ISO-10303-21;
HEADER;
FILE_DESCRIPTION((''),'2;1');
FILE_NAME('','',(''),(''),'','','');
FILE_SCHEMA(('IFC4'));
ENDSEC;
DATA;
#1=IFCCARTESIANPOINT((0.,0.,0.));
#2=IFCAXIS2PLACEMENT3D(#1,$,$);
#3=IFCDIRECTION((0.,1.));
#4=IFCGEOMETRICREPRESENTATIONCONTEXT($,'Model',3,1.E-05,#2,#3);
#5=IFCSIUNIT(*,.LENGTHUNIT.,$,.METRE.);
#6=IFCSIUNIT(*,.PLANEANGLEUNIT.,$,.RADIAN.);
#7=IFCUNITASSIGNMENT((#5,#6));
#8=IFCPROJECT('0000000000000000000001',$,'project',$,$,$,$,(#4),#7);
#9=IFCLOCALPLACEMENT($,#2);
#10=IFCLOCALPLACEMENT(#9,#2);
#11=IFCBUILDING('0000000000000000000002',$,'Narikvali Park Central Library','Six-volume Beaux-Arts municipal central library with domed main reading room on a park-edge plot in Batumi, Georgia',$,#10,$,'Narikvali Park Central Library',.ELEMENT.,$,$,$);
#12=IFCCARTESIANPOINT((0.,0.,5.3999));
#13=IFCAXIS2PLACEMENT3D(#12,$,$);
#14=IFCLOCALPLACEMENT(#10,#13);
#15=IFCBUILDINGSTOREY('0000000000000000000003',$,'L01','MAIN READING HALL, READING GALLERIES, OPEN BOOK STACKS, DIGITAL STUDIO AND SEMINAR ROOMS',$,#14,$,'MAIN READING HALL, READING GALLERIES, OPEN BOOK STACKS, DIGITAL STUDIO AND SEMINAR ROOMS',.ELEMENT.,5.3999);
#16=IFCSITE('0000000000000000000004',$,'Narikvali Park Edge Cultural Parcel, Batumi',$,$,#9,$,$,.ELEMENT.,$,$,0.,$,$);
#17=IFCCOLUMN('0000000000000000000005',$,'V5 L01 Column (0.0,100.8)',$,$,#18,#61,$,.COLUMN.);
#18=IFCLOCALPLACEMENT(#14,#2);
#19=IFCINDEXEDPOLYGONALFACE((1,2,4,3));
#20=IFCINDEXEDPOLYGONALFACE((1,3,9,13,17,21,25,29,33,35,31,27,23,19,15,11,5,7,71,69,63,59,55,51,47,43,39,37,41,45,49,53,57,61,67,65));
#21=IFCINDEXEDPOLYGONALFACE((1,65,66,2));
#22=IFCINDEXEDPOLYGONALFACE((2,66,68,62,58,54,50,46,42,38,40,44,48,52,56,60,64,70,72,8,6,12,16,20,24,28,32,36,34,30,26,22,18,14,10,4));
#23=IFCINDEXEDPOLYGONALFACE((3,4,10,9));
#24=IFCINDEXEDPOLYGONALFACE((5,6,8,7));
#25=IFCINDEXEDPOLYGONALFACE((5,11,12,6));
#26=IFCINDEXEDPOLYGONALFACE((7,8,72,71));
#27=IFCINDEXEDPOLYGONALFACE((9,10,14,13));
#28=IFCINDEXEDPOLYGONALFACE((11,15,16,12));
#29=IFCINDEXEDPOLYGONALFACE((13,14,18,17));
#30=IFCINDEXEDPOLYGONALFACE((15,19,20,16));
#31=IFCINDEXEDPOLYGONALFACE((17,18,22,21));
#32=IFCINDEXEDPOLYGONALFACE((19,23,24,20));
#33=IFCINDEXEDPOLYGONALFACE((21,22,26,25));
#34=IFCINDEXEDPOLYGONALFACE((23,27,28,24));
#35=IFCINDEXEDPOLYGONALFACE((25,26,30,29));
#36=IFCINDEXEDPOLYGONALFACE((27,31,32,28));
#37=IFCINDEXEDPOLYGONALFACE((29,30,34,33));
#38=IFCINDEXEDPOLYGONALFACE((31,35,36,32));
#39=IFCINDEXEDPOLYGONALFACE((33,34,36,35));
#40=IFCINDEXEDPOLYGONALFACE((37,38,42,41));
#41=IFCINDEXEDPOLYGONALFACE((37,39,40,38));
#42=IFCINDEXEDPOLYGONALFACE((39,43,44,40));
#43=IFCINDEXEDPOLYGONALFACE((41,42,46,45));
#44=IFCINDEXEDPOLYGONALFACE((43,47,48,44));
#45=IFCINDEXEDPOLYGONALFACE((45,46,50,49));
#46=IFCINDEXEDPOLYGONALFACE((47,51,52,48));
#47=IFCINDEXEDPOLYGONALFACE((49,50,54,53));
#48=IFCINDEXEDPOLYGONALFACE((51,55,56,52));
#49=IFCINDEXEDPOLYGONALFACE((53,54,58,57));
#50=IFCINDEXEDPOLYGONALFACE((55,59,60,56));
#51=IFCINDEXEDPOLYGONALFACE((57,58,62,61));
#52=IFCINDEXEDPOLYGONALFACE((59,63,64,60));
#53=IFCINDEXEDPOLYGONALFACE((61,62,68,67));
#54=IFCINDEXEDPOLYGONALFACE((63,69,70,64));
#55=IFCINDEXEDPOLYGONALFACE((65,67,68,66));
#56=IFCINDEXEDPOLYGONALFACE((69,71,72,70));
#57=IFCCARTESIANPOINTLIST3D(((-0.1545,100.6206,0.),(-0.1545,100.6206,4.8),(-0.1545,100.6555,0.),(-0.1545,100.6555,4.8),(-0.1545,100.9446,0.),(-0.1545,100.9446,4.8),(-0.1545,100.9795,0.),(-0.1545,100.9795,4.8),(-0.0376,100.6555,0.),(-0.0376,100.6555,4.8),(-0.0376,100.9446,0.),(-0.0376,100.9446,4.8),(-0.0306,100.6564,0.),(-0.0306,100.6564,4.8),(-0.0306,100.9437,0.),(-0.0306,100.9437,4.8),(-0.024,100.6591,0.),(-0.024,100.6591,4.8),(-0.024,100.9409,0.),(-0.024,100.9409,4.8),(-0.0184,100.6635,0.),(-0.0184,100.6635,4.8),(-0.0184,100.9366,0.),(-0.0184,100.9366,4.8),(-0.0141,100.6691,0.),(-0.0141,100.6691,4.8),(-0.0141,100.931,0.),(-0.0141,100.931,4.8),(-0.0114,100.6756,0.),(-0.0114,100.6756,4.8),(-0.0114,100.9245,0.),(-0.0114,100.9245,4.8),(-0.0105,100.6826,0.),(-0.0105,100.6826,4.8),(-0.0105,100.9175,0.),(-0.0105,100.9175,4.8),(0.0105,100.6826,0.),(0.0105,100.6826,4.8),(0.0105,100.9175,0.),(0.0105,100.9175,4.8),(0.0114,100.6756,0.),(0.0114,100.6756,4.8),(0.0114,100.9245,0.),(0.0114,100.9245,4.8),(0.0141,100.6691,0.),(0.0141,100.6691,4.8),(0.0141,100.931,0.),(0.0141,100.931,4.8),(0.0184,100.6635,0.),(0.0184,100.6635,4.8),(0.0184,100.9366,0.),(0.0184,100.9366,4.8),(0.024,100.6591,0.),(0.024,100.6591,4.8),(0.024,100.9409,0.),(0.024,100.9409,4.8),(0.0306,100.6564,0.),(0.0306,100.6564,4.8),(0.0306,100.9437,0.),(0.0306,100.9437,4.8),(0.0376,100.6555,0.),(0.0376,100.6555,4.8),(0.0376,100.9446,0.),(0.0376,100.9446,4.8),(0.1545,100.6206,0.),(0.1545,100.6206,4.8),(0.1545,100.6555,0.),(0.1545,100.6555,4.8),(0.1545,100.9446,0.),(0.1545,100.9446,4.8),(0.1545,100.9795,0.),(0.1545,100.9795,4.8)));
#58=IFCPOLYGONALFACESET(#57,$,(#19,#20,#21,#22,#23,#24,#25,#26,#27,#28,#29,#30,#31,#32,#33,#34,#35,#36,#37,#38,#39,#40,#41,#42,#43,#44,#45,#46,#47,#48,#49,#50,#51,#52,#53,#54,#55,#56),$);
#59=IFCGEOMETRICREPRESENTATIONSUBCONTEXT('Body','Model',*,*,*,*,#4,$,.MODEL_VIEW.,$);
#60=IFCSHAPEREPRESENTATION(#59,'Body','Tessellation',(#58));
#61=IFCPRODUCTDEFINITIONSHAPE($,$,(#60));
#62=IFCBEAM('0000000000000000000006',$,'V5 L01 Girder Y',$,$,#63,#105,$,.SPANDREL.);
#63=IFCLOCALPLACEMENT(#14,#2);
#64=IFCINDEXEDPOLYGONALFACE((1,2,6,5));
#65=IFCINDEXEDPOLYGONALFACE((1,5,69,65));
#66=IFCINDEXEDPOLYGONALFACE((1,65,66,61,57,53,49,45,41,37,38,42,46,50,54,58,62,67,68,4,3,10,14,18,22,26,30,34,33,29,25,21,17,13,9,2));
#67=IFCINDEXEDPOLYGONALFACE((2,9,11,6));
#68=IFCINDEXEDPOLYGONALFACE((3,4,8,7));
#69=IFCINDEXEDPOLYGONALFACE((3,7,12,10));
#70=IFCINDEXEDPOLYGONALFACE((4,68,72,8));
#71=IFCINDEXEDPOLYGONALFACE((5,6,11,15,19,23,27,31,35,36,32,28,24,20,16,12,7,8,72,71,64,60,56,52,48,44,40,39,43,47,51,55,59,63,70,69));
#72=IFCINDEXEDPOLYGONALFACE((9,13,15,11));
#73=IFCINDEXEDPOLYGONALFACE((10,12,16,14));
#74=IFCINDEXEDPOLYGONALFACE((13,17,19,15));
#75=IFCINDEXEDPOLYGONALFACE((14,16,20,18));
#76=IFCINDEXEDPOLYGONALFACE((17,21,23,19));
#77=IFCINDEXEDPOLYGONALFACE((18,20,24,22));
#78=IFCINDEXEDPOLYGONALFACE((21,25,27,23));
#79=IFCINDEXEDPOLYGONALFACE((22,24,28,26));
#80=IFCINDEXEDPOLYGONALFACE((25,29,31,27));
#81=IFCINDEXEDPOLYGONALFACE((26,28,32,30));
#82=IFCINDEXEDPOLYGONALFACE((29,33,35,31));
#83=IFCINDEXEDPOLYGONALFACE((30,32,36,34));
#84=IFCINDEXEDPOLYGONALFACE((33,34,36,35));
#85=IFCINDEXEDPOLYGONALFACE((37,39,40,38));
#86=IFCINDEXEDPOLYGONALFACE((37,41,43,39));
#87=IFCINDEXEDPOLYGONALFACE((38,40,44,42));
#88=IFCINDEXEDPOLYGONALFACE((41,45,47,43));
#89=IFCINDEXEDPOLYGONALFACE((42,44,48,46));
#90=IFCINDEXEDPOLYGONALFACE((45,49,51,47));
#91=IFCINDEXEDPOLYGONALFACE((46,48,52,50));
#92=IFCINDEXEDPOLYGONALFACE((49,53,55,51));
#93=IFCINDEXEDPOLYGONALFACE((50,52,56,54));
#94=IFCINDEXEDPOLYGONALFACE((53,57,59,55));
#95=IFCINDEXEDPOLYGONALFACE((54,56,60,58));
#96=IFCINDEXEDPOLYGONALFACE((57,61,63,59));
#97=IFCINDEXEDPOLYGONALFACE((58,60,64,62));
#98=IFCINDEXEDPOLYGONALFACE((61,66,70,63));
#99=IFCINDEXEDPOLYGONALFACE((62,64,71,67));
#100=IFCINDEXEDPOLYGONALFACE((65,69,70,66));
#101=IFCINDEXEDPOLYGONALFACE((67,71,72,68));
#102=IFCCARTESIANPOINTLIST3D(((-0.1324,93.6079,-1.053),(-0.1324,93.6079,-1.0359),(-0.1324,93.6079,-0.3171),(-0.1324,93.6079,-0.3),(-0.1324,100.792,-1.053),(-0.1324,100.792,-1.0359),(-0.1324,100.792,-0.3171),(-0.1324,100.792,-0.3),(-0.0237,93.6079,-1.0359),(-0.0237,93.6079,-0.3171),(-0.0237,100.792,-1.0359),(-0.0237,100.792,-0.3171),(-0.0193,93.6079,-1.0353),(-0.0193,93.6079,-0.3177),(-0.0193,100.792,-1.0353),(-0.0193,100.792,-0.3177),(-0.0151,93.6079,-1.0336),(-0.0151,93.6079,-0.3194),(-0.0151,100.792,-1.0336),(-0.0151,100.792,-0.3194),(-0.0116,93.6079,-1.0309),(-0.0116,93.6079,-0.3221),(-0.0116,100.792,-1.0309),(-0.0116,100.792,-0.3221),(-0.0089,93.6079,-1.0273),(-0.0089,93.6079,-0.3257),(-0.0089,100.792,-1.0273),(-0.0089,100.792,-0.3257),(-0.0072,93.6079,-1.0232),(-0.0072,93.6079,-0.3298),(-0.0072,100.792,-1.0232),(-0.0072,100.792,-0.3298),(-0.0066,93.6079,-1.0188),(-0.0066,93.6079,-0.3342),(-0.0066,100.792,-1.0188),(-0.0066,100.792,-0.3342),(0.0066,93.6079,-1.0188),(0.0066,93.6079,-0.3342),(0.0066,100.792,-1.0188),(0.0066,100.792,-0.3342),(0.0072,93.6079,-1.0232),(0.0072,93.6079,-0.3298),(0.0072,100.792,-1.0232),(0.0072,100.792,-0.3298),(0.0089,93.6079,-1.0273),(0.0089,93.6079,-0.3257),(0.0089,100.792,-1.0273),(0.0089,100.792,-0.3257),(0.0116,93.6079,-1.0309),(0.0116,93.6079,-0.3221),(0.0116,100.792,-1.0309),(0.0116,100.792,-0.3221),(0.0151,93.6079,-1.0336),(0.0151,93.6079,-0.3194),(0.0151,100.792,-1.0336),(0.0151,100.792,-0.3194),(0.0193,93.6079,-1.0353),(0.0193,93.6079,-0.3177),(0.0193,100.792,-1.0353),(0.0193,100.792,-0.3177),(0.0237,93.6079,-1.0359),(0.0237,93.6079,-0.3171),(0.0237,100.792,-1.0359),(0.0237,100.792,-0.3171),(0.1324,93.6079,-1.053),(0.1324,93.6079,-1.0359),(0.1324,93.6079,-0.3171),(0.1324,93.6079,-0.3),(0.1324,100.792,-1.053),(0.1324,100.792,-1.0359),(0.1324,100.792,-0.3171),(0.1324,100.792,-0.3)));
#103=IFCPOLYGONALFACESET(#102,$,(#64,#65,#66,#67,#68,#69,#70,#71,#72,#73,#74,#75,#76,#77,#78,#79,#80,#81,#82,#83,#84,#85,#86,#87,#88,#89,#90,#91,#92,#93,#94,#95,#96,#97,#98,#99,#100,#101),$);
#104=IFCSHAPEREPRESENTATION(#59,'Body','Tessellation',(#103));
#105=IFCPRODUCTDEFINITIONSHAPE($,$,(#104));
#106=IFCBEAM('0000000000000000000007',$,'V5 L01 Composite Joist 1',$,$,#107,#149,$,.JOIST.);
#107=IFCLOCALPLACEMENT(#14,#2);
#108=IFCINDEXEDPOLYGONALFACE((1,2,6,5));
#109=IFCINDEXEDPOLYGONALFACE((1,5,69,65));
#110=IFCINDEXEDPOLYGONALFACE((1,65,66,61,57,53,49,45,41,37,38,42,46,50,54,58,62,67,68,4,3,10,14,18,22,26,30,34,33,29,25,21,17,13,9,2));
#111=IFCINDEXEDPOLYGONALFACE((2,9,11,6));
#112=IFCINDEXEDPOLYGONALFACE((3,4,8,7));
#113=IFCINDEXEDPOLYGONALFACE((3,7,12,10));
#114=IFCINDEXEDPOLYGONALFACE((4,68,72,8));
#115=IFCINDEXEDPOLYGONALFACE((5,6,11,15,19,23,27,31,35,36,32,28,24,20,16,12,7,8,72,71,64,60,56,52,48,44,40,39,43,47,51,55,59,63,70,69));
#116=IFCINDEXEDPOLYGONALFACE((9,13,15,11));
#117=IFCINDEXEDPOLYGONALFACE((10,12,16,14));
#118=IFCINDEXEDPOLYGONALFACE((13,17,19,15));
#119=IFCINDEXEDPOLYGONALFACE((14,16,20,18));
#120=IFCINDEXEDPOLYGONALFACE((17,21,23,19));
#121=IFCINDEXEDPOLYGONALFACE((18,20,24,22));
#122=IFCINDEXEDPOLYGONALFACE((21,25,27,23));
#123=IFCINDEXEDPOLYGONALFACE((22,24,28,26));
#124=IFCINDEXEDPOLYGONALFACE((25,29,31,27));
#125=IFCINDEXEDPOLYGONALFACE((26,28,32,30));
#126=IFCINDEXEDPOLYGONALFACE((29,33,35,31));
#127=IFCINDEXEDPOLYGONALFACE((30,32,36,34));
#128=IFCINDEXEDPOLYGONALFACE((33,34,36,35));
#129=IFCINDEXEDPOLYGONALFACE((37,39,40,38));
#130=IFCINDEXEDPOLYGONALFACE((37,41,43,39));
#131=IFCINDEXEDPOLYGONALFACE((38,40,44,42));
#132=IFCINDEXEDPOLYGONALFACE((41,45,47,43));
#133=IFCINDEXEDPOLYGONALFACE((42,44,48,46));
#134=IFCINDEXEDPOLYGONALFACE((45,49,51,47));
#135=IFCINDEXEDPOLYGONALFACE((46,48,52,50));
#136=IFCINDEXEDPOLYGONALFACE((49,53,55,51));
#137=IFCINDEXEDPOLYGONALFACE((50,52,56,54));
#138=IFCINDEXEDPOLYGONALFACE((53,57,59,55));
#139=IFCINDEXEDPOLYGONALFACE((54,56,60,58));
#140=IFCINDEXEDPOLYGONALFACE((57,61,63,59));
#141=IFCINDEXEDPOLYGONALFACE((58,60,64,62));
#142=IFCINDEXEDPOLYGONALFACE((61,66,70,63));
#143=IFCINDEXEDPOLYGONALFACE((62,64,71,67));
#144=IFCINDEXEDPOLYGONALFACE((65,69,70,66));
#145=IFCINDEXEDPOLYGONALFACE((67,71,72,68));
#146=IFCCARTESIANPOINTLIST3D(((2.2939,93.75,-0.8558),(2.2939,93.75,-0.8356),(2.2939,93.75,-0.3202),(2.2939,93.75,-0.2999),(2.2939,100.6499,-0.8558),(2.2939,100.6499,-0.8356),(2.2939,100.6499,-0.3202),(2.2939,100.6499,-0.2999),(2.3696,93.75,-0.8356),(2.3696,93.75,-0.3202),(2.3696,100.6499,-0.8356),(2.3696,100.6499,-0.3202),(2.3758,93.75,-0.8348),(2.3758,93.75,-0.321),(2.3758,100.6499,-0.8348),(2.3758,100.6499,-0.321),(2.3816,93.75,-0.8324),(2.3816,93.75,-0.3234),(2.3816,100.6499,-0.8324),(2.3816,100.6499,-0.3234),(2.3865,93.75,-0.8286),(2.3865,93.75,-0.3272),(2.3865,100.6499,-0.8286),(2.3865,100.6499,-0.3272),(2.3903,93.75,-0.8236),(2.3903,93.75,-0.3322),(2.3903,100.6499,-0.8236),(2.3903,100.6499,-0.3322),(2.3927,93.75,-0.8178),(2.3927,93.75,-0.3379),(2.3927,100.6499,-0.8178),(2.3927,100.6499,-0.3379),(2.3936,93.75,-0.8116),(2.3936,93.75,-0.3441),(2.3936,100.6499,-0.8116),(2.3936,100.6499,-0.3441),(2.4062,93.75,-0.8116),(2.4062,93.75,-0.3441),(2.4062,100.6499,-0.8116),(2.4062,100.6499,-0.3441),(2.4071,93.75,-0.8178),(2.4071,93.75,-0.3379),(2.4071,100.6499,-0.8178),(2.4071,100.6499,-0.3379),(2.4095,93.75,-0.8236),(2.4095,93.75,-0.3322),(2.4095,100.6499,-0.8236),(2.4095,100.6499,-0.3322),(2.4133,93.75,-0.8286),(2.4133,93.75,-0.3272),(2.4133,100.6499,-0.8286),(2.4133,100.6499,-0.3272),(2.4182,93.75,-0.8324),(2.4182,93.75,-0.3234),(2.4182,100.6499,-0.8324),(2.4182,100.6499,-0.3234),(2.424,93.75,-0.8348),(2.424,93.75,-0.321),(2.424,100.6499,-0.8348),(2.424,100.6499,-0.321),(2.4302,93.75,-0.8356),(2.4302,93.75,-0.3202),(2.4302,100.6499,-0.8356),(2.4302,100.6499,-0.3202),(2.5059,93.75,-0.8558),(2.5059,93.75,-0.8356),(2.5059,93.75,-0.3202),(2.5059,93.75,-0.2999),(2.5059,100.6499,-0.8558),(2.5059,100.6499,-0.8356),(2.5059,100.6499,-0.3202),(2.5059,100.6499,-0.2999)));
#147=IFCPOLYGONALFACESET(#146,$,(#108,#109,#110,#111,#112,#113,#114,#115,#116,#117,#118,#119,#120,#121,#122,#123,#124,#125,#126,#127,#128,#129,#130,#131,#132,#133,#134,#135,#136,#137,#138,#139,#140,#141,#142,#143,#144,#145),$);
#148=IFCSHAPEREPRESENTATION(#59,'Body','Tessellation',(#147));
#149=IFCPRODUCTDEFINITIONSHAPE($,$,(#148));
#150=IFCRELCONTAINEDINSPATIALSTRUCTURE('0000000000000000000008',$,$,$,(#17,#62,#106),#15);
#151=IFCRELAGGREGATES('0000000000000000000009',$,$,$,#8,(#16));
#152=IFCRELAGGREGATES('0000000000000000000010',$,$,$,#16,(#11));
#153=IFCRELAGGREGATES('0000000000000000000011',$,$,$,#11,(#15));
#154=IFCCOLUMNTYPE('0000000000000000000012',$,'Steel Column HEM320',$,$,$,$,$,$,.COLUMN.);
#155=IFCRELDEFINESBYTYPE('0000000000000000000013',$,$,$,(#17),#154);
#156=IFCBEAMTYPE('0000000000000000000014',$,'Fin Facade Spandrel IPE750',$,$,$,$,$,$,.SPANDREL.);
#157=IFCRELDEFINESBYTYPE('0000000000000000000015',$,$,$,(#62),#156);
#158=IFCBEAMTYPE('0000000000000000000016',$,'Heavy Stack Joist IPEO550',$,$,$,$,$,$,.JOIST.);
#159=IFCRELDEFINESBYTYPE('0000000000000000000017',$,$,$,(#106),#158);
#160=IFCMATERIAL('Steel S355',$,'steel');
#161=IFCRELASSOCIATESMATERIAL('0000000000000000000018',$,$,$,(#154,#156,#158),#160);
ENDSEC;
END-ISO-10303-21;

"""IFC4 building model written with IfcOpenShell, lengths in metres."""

from ifc_helpers import new_model, si_unit, direction, frame, origin, origin_2d, place, context, subcontext, project, spatial, i_section, extrude, material, material_profile, profile_set, type_object, element, save


model = new_model("IFC4")

# Units and contexts
model_context = context("Model", 3, precision=1e-05, world=origin(), true_north=direction((0.0, 1.0)))
body_context = subcontext(model_context, "Body", "Model", "MODEL_VIEW")
ifc_project = project(units=[si_unit("LENGTHUNIT", "METRE"), si_unit("PLANEANGLEUNIT", "RADIAN")], contexts=[model_context])

# Site, building, storey
site_placement = place(None, origin())
site = spatial("IfcSite", under=ifc_project, at=site_placement, Name="Narikvali Park Edge Cultural Parcel, Batumi", CompositionType="ELEMENT", RefElevation=0.0)
building_placement = place(site_placement, origin())
building = spatial("IfcBuilding", under=site, at=building_placement, Name="Narikvali Park Central Library", Description="Six-volume Beaux-Arts municipal central library with domed main reading room on a park-edge plot in Batumi, Georgia", LongName="Narikvali Park Central Library", CompositionType="ELEMENT")
storey_placement = place(building_placement, frame((0.0, 0.0, 5.3999)))
storey = spatial("IfcBuildingStorey", under=building, at=storey_placement, Name="L01", Description="MAIN READING HALL, READING GALLERIES, OPEN BOOK STACKS, DIGITAL STUDIO AND SEMINAR ROOMS", LongName="MAIN READING HALL, READING GALLERIES, OPEN BOOK STACKS, DIGITAL STUDIO AND SEMINAR ROOMS", CompositionType="ELEMENT", Elevation=5.3999)

# Column
ifc_material_1 = material(Name="Steel S355", Category="steel")
ifc_material_profile_1 = material_profile(ifc_material_1, i_section(OverallWidth=0.3091, OverallDepth=0.3589, WebThickness=0.021, FlangeThickness=0.0349, FilletRadius=0.0271, at=origin_2d()), Name="HEM 320")
ifc_profile_set_1 = profile_set([ifc_material_profile_1], Name="Steel S355")
column_type = type_object("IfcColumnType", Name="Steel Column HEM320", PredefinedType="COLUMN", material=ifc_profile_set_1)
column_placement = place(storey_placement, frame((0.0, 100.8, 0.0), z_axis=(0.0, 0.0, 1.0), x_axis=(1.0, 0.0, 0.0)))
element("IfcColumn", 1, at=column_placement, inside=storey, type_object=column_type, Name="V5 L01 Column (0.0,100.8)", PredefinedType="COLUMN", context=body_context, shape_type="SweptSolid", body=[
    extrude(i_section(OverallWidth=0.3091, OverallDepth=0.3589, WebThickness=0.021, FlangeThickness=0.0349, FilletRadius=0.0271, at=origin_2d()), origin(), (0.0, 0.0, 1.0), 4.8),
])

# Beams
ifc_material_profile_2 = material_profile(ifc_material_1, i_section(OverallWidth=0.2649, OverallDepth=0.7529, WebThickness=0.0132, FlangeThickness=0.0171, FilletRadius=0.0171, at=origin_2d()), Name="IPE 750x147")
ifc_profile_set_2 = profile_set([ifc_material_profile_2], Name="Steel S355")
beam_type_1 = type_object("IfcBeamType", Name="Fin Facade Spandrel IPE750", PredefinedType="SPANDREL", material=ifc_profile_set_2)
beam_1_placement = place(storey_placement, frame((0.0, 93.6079, -0.6765), z_axis=(0.0, 1.0, 0.0), x_axis=(-1.0, 0.0, 0.0)))
element("IfcBeam", 2, at=beam_1_placement, inside=storey, type_object=beam_type_1, Name="V5 L01 Girder Y", PredefinedType="SPANDREL", context=body_context, shape_type="SweptSolid", body=[
    extrude(i_section(OverallWidth=0.2649, OverallDepth=0.7529, WebThickness=0.0132, FlangeThickness=0.0171, FilletRadius=0.0171, at=origin_2d()), origin(), (0.0, 0.0, 1.0), 7.1841),
])
ifc_material_profile_3 = material_profile(ifc_material_1, i_section(OverallWidth=0.2119, OverallDepth=0.5559, WebThickness=0.0127, FlangeThickness=0.0203, FilletRadius=0.0239, at=origin_2d()), Name="IPEO 550")
ifc_profile_set_3 = profile_set([ifc_material_profile_3], Name="Steel S355")
beam_type_2 = type_object("IfcBeamType", Name="Heavy Stack Joist IPEO550", PredefinedType="JOIST", material=ifc_profile_set_3)
beam_2_placement = place(storey_placement, frame((2.3999, 93.75, -0.5779), z_axis=(0.0, 1.0, 0.0), x_axis=(-1.0, 0.0, 0.0)))
element("IfcBeam", 3, at=beam_2_placement, inside=storey, type_object=beam_type_2, Name="V5 L01 Composite Joist 1", PredefinedType="JOIST", context=body_context, shape_type="SweptSolid", body=[
    extrude(i_section(OverallWidth=0.2119, OverallDepth=0.5559, WebThickness=0.0127, FlangeThickness=0.0203, FilletRadius=0.0239, at=origin_2d()), origin(), (0.0, 0.0, 1.0), 6.8999),
])

save(model, "model.ifc")
